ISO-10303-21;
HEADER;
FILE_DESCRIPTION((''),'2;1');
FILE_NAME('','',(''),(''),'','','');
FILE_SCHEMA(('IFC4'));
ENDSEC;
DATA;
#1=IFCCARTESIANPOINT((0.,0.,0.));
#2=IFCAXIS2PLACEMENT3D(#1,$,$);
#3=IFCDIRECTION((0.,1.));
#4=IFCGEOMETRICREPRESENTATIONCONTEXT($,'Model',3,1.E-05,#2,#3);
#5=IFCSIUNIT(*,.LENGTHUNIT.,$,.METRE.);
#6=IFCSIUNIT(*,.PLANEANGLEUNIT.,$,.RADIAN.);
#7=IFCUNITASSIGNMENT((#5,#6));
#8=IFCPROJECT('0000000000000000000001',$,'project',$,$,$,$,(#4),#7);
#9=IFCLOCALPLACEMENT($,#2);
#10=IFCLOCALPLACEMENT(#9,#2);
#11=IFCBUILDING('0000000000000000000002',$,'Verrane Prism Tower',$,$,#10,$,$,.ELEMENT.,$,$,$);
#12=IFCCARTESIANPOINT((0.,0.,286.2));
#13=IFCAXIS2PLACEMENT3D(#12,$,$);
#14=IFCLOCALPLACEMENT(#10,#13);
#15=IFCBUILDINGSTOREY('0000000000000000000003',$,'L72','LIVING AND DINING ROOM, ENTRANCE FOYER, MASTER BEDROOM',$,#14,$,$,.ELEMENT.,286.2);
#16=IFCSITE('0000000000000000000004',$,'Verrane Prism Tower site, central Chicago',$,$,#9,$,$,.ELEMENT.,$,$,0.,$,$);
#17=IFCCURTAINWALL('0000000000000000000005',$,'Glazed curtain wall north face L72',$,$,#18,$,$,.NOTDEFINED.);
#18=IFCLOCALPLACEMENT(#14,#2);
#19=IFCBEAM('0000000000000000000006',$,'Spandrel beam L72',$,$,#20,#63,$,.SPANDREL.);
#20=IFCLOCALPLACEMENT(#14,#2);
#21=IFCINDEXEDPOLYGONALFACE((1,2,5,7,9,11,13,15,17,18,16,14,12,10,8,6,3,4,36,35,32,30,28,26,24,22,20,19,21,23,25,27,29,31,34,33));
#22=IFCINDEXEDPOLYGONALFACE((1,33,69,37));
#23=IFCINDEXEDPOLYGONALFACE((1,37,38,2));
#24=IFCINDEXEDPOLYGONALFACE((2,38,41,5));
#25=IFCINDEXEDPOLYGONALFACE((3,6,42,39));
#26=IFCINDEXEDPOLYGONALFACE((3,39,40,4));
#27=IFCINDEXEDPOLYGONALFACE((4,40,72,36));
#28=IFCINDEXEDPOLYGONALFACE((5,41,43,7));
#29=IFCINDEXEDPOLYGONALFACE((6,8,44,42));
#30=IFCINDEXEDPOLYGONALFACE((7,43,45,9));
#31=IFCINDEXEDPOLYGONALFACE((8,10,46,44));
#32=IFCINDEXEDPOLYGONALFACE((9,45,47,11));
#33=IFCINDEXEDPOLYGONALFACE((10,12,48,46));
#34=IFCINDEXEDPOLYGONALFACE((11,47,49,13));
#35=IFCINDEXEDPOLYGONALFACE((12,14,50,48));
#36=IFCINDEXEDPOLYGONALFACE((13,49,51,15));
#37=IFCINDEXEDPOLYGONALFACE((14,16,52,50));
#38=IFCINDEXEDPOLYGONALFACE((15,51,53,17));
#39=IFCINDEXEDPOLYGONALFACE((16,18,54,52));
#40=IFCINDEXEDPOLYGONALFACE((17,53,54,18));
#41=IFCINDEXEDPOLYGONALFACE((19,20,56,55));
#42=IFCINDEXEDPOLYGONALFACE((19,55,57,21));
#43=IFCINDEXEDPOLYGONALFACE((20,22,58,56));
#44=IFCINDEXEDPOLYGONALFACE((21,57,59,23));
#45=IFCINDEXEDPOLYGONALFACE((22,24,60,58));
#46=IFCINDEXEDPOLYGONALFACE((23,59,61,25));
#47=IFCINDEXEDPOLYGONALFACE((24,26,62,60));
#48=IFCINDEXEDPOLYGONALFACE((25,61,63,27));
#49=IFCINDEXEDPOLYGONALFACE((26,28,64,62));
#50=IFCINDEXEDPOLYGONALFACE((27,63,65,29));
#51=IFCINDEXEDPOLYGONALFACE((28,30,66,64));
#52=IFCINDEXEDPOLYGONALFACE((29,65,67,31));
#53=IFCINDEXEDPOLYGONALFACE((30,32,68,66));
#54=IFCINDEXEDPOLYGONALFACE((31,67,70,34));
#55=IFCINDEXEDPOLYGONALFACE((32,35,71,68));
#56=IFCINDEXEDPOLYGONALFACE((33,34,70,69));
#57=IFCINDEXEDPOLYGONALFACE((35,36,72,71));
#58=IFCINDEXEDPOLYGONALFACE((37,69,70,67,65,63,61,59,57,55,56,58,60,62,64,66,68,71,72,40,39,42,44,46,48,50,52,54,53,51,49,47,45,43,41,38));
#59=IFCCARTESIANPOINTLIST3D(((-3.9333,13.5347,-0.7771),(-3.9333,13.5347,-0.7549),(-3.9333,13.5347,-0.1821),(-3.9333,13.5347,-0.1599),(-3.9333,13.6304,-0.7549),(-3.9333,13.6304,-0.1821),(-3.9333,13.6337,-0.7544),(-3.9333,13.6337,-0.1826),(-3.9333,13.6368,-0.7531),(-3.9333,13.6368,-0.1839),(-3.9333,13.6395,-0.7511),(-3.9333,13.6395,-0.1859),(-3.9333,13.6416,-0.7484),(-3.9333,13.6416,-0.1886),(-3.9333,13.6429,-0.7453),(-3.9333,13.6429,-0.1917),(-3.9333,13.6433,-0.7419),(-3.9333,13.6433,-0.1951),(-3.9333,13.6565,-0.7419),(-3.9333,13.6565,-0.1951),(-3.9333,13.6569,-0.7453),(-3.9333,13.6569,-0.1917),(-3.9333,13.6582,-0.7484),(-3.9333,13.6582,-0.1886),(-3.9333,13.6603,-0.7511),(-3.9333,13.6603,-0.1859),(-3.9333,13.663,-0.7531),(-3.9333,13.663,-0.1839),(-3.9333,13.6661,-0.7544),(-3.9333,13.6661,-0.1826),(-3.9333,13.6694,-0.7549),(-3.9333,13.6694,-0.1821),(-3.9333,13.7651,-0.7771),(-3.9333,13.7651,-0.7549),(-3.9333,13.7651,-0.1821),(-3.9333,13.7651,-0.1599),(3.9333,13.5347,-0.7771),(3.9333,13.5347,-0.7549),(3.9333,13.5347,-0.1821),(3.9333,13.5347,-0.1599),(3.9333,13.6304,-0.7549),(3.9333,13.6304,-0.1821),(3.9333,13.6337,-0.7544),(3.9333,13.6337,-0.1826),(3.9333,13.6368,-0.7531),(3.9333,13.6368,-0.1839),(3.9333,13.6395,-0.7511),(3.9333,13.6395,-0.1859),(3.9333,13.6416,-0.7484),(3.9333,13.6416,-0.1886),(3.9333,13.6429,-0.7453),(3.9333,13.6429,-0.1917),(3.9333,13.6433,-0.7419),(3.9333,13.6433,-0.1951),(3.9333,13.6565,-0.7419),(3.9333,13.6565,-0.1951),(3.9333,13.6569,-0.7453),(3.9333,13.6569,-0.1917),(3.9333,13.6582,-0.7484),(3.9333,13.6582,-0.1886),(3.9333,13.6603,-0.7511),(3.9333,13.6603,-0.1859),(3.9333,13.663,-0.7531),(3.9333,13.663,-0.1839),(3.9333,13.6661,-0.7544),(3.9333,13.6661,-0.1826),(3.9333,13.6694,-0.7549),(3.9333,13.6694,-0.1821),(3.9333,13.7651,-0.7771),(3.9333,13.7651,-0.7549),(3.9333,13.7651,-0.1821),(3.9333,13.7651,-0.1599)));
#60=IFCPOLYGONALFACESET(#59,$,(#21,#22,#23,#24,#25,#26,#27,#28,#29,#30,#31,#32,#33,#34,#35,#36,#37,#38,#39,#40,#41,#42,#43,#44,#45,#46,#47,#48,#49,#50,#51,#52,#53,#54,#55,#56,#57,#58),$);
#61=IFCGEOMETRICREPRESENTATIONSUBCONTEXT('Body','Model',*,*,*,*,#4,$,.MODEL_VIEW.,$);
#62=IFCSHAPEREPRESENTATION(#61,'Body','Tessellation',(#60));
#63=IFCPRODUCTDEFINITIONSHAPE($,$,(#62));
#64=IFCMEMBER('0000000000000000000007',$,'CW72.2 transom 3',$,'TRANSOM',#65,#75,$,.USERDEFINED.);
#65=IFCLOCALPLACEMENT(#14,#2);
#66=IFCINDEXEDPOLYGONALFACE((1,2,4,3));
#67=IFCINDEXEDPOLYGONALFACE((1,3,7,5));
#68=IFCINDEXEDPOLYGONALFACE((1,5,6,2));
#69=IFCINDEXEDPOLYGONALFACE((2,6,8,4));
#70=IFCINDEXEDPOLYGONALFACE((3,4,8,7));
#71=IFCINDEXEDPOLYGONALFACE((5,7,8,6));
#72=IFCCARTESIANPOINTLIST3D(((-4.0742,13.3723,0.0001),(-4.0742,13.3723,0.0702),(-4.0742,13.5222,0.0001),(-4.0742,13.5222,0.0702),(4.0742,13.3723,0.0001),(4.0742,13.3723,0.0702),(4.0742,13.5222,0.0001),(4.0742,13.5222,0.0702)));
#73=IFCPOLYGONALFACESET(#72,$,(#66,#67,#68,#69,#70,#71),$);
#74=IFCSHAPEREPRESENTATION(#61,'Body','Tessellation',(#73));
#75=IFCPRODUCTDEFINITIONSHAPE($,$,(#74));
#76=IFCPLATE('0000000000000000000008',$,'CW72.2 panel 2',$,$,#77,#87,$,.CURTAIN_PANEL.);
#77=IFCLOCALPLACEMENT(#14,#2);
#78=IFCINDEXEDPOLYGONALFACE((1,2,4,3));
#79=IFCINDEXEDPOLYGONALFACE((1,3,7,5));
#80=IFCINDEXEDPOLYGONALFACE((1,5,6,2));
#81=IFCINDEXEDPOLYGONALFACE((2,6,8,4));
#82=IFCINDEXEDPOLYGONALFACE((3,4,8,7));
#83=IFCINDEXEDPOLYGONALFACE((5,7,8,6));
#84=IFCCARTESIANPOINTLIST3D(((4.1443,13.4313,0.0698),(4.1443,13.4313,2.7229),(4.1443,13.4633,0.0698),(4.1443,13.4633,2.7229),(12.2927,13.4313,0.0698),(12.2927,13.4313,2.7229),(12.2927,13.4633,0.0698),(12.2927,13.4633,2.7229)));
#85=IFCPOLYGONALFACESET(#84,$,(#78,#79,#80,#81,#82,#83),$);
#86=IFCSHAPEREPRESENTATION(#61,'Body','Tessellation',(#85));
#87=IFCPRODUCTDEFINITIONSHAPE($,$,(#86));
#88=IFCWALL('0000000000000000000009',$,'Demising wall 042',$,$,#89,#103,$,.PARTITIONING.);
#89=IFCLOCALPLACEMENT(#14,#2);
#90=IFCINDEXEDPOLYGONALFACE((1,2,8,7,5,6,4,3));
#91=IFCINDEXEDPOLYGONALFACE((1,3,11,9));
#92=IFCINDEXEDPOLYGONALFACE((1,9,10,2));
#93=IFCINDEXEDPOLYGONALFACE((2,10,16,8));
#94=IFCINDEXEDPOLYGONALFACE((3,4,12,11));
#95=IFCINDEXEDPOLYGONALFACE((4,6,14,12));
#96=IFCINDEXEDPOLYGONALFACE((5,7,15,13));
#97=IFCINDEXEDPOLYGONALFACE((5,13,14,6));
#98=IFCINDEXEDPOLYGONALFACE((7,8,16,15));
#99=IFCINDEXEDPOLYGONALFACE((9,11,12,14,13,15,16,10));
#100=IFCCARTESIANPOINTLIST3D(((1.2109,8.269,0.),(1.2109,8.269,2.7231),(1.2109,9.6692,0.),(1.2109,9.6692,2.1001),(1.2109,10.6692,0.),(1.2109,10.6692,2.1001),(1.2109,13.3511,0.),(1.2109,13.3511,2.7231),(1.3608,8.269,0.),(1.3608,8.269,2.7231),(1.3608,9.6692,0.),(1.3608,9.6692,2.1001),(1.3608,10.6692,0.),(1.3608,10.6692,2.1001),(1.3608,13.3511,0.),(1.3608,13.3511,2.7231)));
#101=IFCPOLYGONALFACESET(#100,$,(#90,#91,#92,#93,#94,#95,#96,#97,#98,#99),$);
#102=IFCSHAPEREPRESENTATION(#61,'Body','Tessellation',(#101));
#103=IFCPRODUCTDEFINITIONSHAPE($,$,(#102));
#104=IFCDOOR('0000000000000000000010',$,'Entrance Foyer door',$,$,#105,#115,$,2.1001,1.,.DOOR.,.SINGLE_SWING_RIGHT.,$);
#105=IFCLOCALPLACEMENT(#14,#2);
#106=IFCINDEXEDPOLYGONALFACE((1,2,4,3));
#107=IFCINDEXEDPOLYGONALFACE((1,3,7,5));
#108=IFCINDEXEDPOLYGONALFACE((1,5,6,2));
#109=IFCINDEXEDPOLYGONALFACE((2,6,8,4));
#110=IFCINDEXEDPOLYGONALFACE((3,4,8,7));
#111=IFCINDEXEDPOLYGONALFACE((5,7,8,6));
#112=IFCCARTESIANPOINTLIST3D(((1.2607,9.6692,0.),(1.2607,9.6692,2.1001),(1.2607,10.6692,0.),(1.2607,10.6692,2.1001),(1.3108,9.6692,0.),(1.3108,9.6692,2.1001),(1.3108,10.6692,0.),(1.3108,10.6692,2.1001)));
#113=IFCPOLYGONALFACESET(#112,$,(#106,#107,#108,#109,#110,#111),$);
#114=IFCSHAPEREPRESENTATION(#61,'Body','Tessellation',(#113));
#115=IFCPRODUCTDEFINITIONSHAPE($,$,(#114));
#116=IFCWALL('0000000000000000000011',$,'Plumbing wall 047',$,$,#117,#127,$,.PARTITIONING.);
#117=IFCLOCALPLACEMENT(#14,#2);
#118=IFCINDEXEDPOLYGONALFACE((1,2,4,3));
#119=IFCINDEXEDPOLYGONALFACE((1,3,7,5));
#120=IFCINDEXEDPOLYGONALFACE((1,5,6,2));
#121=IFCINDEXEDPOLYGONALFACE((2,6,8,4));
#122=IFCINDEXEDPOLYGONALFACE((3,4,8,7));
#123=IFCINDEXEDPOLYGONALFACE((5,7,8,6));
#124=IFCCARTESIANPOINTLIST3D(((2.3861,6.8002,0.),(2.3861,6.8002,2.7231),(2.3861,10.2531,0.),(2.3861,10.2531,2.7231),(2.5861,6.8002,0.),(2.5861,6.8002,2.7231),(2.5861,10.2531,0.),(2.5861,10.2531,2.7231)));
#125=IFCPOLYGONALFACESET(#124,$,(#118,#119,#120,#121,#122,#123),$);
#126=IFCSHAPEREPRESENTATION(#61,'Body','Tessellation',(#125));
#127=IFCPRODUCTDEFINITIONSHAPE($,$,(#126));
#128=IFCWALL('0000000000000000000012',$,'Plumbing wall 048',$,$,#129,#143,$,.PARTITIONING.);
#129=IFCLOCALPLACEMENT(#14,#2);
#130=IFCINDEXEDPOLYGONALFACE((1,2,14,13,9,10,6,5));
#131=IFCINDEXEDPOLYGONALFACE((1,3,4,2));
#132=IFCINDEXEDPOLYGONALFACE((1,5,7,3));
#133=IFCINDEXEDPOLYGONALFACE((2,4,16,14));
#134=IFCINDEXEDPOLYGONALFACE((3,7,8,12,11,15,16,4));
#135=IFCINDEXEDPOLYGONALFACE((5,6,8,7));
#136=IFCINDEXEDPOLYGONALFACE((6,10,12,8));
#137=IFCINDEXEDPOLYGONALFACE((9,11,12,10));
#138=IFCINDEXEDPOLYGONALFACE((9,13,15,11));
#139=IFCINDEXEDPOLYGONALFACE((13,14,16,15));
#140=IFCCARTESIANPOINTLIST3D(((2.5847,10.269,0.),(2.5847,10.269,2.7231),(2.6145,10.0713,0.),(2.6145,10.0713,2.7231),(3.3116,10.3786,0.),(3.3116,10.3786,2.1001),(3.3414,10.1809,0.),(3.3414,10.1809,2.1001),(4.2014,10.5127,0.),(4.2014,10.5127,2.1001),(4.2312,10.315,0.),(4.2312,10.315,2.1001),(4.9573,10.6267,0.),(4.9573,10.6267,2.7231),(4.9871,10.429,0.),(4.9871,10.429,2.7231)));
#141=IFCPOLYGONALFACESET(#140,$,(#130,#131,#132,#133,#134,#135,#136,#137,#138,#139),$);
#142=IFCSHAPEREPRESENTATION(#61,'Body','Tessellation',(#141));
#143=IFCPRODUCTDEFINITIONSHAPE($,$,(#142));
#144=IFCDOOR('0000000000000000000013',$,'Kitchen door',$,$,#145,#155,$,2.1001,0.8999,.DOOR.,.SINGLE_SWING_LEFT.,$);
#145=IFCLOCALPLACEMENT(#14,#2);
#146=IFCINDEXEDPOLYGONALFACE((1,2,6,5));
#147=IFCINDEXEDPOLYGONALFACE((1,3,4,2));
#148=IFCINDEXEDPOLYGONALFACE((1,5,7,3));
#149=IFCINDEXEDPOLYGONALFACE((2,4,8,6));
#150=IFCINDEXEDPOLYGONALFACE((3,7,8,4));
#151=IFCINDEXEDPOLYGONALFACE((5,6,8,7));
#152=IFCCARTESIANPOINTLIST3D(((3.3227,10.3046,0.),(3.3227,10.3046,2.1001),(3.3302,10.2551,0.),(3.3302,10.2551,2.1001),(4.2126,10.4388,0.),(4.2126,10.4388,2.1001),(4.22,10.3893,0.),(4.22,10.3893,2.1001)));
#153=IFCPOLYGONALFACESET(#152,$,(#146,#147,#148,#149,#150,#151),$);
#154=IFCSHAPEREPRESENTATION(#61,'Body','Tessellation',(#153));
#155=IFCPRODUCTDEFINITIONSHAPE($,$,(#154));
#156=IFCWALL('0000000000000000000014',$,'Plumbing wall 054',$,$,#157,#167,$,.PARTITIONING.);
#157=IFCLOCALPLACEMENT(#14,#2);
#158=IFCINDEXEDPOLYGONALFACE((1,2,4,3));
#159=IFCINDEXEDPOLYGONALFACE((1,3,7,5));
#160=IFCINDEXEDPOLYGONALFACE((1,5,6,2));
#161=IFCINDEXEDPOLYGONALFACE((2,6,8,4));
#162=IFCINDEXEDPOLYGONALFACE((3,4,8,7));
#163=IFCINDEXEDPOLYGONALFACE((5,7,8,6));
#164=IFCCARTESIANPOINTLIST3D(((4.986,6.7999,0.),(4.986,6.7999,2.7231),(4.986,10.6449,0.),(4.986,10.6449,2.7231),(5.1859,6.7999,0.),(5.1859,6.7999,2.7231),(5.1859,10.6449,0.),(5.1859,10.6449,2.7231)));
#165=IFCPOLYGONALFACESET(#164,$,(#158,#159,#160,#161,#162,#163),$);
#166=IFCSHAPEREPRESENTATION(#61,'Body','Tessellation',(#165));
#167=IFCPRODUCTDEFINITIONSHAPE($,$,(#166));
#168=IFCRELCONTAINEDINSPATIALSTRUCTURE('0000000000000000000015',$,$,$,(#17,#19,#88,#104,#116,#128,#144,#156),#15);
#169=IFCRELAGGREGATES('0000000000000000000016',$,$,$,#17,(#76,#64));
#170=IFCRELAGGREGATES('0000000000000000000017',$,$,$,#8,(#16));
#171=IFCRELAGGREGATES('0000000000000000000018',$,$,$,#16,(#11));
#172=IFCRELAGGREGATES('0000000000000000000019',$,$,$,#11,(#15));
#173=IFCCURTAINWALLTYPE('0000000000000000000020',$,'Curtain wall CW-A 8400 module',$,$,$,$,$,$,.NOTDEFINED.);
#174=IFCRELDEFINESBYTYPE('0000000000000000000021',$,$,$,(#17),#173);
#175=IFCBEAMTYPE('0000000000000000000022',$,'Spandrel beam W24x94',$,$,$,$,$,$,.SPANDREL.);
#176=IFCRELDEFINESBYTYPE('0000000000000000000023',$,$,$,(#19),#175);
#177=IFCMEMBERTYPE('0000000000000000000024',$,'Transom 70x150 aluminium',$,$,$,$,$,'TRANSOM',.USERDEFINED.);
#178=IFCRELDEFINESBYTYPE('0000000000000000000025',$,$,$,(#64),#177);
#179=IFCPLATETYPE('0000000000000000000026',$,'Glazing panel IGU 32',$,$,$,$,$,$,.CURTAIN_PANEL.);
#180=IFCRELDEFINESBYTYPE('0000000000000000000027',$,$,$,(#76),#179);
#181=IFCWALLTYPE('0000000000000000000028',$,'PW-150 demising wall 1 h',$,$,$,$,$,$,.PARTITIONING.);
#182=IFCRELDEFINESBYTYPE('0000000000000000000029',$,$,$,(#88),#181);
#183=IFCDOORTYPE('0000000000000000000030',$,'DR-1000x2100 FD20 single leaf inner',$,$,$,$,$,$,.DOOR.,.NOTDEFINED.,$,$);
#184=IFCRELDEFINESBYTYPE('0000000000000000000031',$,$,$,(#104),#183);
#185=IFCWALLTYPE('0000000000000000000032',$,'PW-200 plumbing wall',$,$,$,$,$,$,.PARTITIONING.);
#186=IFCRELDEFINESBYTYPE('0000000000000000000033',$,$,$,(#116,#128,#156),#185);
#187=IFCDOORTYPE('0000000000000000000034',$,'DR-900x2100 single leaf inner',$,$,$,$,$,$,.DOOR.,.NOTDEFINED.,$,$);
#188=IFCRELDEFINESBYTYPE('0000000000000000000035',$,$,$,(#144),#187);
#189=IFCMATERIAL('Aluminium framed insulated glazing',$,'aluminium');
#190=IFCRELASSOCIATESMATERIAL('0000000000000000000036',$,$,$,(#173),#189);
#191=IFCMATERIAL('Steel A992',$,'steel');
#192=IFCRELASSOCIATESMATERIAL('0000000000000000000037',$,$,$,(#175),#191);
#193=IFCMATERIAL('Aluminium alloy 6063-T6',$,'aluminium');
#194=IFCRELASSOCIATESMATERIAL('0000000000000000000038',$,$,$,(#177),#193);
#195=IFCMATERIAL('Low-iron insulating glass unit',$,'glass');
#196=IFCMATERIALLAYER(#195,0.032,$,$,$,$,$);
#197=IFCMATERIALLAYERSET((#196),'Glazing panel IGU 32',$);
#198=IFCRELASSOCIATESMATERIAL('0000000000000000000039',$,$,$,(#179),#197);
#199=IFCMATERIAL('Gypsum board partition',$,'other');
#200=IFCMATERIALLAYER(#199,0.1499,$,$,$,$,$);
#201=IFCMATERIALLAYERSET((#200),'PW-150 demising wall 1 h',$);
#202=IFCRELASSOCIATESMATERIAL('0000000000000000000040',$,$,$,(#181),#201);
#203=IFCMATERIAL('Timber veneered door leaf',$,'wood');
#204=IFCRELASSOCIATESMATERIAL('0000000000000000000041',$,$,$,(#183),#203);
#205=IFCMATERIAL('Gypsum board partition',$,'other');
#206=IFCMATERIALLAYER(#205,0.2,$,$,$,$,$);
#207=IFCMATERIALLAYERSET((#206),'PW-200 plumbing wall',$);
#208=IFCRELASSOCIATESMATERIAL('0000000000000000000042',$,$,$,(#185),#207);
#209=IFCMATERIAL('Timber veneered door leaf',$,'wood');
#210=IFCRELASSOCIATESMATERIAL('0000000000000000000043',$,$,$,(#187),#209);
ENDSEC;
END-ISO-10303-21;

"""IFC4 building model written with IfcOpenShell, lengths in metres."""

from ifc_helpers import new_model, si_unit, direction, frame, frame_2d, origin, origin_2d, place, context, subcontext, project, spatial, rectangle, i_section, extrude, material, layer, layer_set, material_profile, profile_set, type_object, element, fill, aggregate, save


model = new_model("IFC4")

# Units and contexts
model_context = context("Model", 3, precision=1e-05, world=origin(), true_north=direction((0.0, 1.0)))
body_context = subcontext(model_context, "Body", "Model", "MODEL_VIEW")
ifc_project = project(units=[si_unit("LENGTHUNIT", "METRE"), si_unit("PLANEANGLEUNIT", "RADIAN")], contexts=[model_context])

# Site, building, storey
site_placement = place(None, origin())
site = spatial("IfcSite", under=ifc_project, at=site_placement, Name="Verrane Prism Tower site, central Chicago", CompositionType="ELEMENT", RefElevation=0.0)
building_placement = place(site_placement, origin())
building = spatial("IfcBuilding", under=site, at=building_placement, Name="Verrane Prism Tower", CompositionType="ELEMENT")
storey_placement = place(building_placement, frame((0.0, 0.0, 286.2)))
storey = spatial("IfcBuildingStorey", under=building, at=storey_placement, Name="L72", Description="LIVING AND DINING ROOM, ENTRANCE FOYER, MASTER BEDROOM", CompositionType="ELEMENT", Elevation=286.2)

# Curtain wall
ifc_material_1 = material(Name="Aluminium framed insulated glazing", Category="aluminium")
curtain_wall_type = type_object("IfcCurtainWallType", Name="Curtain wall CW-A 8400 module", PredefinedType="NOTDEFINED", material=ifc_material_1)
curtain_wall_placement = place(storey_placement, origin())
curtain_wall = element("IfcCurtainWall", 1, at=curtain_wall_placement, inside=storey, type_object=curtain_wall_type, Name="Glazed curtain wall north face L72", PredefinedType="NOTDEFINED")

# Beam
ifc_material_2 = material(Name="Steel A992", Category="steel")
ifc_material_profile_1 = material_profile(ifc_material_2, i_section(OverallWidth=0.2305, OverallDepth=0.6172, WebThickness=0.0132, FlangeThickness=0.0222, FilletRadius=0.0129, at=origin_2d()), Name="W24x94")
ifc_profile_set_1 = profile_set([ifc_material_profile_1], Name="Steel A992")
beam_type_1 = type_object("IfcBeamType", Name="Spandrel beam W24x94", PredefinedType="SPANDREL", material=ifc_profile_set_1)
beam_1_placement = place(storey_placement, frame((3.9333, 13.6499, -0.4685), z_axis=(-1.0, 0.0, 0.0), x_axis=(0.0, -1.0, 0.0)))
element("IfcBeam", 2, at=beam_1_placement, inside=storey, type_object=beam_type_1, Name="Spandrel beam L72", PredefinedType="SPANDREL", context=body_context, shape_type="SweptSolid", body=[
    extrude(i_section(OverallWidth=0.2305, OverallDepth=0.6172, WebThickness=0.0132, FlangeThickness=0.0222, FilletRadius=0.0129, at=origin_2d()), origin(), (0.0, 0.0, 1.0), 7.8667),
])

# Member
ifc_material_3 = material(Name="Aluminium alloy 6063-T6", Category="aluminium")
ifc_material_profile_2 = material_profile(ifc_material_3, rectangle(XDim=0.1499, YDim=0.0701, at=origin_2d()), Name="Transom 70x150 aluminium")
ifc_profile_set_2 = profile_set([ifc_material_profile_2], Name="Aluminium alloy 6063-T6")
member_type_1 = type_object("IfcMemberType", Name="Transom 70x150 aluminium", ElementType="TRANSOM", PredefinedType="USERDEFINED", material=ifc_profile_set_2)
member_1_placement = place(storey_placement, frame((4.0742, 13.4473, 0.0352), z_axis=(-1.0, 0.0, 0.0), x_axis=(0.0, -1.0, 0.0)))
member_1 = element("IfcMember", 3, at=member_1_placement, type_object=member_type_1, Name="CW72.2 transom 3", ObjectType="TRANSOM", PredefinedType="USERDEFINED", context=body_context, shape_type="SweptSolid", body=[
    extrude(rectangle(XDim=0.1499, YDim=0.0701, at=origin_2d()), origin(), (0.0, 0.0, 1.0), 8.1484),
])

# Plate
ifc_material_4 = material(Name="Low-iron insulating glass unit", Category="glass")
ifc_layer_1 = layer(ifc_material_4, 0.032)
ifc_layer_set_1 = layer_set([ifc_layer_1], Name="Glazing panel IGU 32")
plate_type = type_object("IfcPlateType", Name="Glazing panel IGU 32", PredefinedType="CURTAIN_PANEL", material=ifc_layer_set_1)
plate_placement = place(storey_placement, frame((8.2185, 13.4473, 0.0698), z_axis=(0.0, 0.0, 1.0), x_axis=(-1.0, 0.0, 0.0)))
plate = element("IfcPlate", 4, at=plate_placement, type_object=plate_type, Name="CW72.2 panel 2", PredefinedType="CURTAIN_PANEL", context=body_context, shape_type="SweptSolid", body=[
    extrude(rectangle(XDim=8.1484, YDim=0.032, at=origin_2d()), origin(), (0.0, 0.0, 1.0), 2.6531),
])
aggregate(curtain_wall, [plate, member_1])

# Wall, opening, door
ifc_material_5 = material(Name="Gypsum board partition", Category="other")
ifc_layer_2 = layer(ifc_material_5, 0.1499)
ifc_layer_set_2 = layer_set([ifc_layer_2], Name="PW-150 demising wall 1 h")
wall_type_1 = type_object("IfcWallType", Name="PW-150 demising wall 1 h", PredefinedType="PARTITIONING", material=ifc_layer_set_2)
wall_1_placement = place(storey_placement, frame((1.2859, 13.3511, 0.0), z_axis=(0.0, 0.0, 1.0), x_axis=(0.0, -1.0, 0.0)))
wall_1 = element("IfcWall", 5, at=wall_1_placement, inside=storey, type_object=wall_type_1, Name="Demising wall 042", PredefinedType="PARTITIONING", context=body_context, shape_type="SweptSolid", body=[
    extrude(rectangle(XDim=5.082, YDim=0.1499, at=frame_2d((2.541, 0.0))), origin(), (0.0, 0.0, 1.0), 2.7231),
])
opening_1_placement = place(wall_1_placement, frame((2.6819, 0.0, 0.0)))
opening_1 = element("IfcOpeningElement", 6, at=opening_1_placement, cuts=wall_1, PredefinedType="OPENING", context=body_context, shape_type="SweptSolid", body=[
    extrude(rectangle(XDim=1.0, YDim=2.1001, at=frame_2d((0.5, 1.05))), frame((0.0, 0.085, 0.0), z_axis=(0.0, -1.0, 0.0), x_axis=(1.0, 0.0, 0.0)), (0.0, 0.0, 1.0), 0.1699),
])
ifc_material_6 = material(Name="Timber veneered door leaf", Category="wood")
door_type_1 = type_object("IfcDoorType", Name="DR-1000x2100 FD20 single leaf inner", OperationType="NOTDEFINED", PredefinedType="DOOR", material=ifc_material_6)
door_1_placement = place(opening_1_placement, origin())
door_1 = element("IfcDoor", 7, at=door_1_placement, inside=storey, type_object=door_type_1, Name="Entrance Foyer door", OperationType="SINGLE_SWING_RIGHT", OverallHeight=2.1001, OverallWidth=1.0, PredefinedType="DOOR", context=body_context, shape_type="SweptSolid", body=[
    extrude(rectangle(XDim=1.0, YDim=2.1001, at=frame_2d((0.5, 1.05))), frame((0.0, 0.0249, 0.0), z_axis=(0.0, -1.0, 0.0), x_axis=(1.0, 0.0, 0.0)), (0.0, 0.0, 1.0), 0.05),
])
fill(opening_1, door_1)

# Wall
ifc_material_7 = material(Name="Gypsum board partition", Category="other")
ifc_layer_3 = layer(ifc_material_7, 0.2)
ifc_layer_set_3 = layer_set([ifc_layer_3], Name="PW-200 plumbing wall")
wall_type_2 = type_object("IfcWallType", Name="PW-200 plumbing wall", PredefinedType="PARTITIONING", material=ifc_layer_set_3)
wall_2_placement = place(storey_placement, frame((2.4861, 6.8, 0.0), z_axis=(0.0, 0.0, 1.0), x_axis=(0.0, 1.0, 0.0)))
element("IfcWall", 8, at=wall_2_placement, inside=storey, type_object=wall_type_2, Name="Plumbing wall 047", PredefinedType="PARTITIONING", context=body_context, shape_type="SweptSolid", body=[
    extrude(rectangle(XDim=3.4529, YDim=0.2, at=frame_2d((1.7266, 0.0))), origin(), (0.0, 0.0, 1.0), 2.7231),
])

# Wall, opening, door
wall_3_placement = place(storey_placement, frame((4.9722, 10.5278, 0.0), z_axis=(0.0, 0.0, 1.0), x_axis=(-0.988827, -0.149067, 0.0)))
wall_3 = element("IfcWall", 9, at=wall_3_placement, inside=storey, type_object=wall_type_2, Name="Plumbing wall 048", PredefinedType="PARTITIONING", context=body_context, shape_type="SweptSolid", body=[
    extrude(rectangle(XDim=2.3994, YDim=0.2, at=frame_2d((1.1997, 0.0))), origin(), (0.0, 0.0, 1.0), 2.7231),
])
opening_2_placement = place(wall_3_placement, frame((0.7644, 0.0, 0.0)))
opening_2 = element("IfcOpeningElement", 10, at=opening_2_placement, cuts=wall_3, PredefinedType="OPENING", context=body_context, shape_type="SweptSolid", body=[
    extrude(rectangle(XDim=0.8999, YDim=2.1001, at=frame_2d((0.45, 1.05))), frame((0.0, 0.1099, 0.0), z_axis=(0.0, -1.0, 0.0), x_axis=(1.0, 0.0, 0.0)), (0.0, 0.0, 1.0), 0.22),
])
ifc_material_8 = material(Name="Timber veneered door leaf", Category="wood")
door_type_2 = type_object("IfcDoorType", Name="DR-900x2100 single leaf inner", OperationType="NOTDEFINED", PredefinedType="DOOR", material=ifc_material_8)
door_2_placement = place(opening_2_placement, origin())
door_2 = element("IfcDoor", 11, at=door_2_placement, inside=storey, type_object=door_type_2, Name="Kitchen door", OperationType="SINGLE_SWING_LEFT", OverallHeight=2.1001, OverallWidth=0.8999, PredefinedType="DOOR", context=body_context, shape_type="SweptSolid", body=[
    extrude(rectangle(XDim=0.8999, YDim=2.1001, at=frame_2d((0.45, 1.05))), frame((0.0, 0.0249, 0.0), z_axis=(0.0, -1.0, 0.0), x_axis=(1.0, 0.0, 0.0)), (0.0, 0.0, 1.0), 0.05),
])
fill(opening_2, door_2)

# Wall
wall_4_placement = place(storey_placement, frame((5.0859, 6.8, 0.0), z_axis=(0.0, 0.0, 1.0), x_axis=(0.0, 1.0, 0.0)))
element("IfcWall", 12, at=wall_4_placement, inside=storey, type_object=wall_type_2, Name="Plumbing wall 054", PredefinedType="PARTITIONING", context=body_context, shape_type="SweptSolid", body=[
    extrude(rectangle(XDim=3.845, YDim=0.2, at=frame_2d((1.9224, 0.0))), origin(), (0.0, 0.0, 1.0), 2.7231),
])

save(model, "model.ifc")
